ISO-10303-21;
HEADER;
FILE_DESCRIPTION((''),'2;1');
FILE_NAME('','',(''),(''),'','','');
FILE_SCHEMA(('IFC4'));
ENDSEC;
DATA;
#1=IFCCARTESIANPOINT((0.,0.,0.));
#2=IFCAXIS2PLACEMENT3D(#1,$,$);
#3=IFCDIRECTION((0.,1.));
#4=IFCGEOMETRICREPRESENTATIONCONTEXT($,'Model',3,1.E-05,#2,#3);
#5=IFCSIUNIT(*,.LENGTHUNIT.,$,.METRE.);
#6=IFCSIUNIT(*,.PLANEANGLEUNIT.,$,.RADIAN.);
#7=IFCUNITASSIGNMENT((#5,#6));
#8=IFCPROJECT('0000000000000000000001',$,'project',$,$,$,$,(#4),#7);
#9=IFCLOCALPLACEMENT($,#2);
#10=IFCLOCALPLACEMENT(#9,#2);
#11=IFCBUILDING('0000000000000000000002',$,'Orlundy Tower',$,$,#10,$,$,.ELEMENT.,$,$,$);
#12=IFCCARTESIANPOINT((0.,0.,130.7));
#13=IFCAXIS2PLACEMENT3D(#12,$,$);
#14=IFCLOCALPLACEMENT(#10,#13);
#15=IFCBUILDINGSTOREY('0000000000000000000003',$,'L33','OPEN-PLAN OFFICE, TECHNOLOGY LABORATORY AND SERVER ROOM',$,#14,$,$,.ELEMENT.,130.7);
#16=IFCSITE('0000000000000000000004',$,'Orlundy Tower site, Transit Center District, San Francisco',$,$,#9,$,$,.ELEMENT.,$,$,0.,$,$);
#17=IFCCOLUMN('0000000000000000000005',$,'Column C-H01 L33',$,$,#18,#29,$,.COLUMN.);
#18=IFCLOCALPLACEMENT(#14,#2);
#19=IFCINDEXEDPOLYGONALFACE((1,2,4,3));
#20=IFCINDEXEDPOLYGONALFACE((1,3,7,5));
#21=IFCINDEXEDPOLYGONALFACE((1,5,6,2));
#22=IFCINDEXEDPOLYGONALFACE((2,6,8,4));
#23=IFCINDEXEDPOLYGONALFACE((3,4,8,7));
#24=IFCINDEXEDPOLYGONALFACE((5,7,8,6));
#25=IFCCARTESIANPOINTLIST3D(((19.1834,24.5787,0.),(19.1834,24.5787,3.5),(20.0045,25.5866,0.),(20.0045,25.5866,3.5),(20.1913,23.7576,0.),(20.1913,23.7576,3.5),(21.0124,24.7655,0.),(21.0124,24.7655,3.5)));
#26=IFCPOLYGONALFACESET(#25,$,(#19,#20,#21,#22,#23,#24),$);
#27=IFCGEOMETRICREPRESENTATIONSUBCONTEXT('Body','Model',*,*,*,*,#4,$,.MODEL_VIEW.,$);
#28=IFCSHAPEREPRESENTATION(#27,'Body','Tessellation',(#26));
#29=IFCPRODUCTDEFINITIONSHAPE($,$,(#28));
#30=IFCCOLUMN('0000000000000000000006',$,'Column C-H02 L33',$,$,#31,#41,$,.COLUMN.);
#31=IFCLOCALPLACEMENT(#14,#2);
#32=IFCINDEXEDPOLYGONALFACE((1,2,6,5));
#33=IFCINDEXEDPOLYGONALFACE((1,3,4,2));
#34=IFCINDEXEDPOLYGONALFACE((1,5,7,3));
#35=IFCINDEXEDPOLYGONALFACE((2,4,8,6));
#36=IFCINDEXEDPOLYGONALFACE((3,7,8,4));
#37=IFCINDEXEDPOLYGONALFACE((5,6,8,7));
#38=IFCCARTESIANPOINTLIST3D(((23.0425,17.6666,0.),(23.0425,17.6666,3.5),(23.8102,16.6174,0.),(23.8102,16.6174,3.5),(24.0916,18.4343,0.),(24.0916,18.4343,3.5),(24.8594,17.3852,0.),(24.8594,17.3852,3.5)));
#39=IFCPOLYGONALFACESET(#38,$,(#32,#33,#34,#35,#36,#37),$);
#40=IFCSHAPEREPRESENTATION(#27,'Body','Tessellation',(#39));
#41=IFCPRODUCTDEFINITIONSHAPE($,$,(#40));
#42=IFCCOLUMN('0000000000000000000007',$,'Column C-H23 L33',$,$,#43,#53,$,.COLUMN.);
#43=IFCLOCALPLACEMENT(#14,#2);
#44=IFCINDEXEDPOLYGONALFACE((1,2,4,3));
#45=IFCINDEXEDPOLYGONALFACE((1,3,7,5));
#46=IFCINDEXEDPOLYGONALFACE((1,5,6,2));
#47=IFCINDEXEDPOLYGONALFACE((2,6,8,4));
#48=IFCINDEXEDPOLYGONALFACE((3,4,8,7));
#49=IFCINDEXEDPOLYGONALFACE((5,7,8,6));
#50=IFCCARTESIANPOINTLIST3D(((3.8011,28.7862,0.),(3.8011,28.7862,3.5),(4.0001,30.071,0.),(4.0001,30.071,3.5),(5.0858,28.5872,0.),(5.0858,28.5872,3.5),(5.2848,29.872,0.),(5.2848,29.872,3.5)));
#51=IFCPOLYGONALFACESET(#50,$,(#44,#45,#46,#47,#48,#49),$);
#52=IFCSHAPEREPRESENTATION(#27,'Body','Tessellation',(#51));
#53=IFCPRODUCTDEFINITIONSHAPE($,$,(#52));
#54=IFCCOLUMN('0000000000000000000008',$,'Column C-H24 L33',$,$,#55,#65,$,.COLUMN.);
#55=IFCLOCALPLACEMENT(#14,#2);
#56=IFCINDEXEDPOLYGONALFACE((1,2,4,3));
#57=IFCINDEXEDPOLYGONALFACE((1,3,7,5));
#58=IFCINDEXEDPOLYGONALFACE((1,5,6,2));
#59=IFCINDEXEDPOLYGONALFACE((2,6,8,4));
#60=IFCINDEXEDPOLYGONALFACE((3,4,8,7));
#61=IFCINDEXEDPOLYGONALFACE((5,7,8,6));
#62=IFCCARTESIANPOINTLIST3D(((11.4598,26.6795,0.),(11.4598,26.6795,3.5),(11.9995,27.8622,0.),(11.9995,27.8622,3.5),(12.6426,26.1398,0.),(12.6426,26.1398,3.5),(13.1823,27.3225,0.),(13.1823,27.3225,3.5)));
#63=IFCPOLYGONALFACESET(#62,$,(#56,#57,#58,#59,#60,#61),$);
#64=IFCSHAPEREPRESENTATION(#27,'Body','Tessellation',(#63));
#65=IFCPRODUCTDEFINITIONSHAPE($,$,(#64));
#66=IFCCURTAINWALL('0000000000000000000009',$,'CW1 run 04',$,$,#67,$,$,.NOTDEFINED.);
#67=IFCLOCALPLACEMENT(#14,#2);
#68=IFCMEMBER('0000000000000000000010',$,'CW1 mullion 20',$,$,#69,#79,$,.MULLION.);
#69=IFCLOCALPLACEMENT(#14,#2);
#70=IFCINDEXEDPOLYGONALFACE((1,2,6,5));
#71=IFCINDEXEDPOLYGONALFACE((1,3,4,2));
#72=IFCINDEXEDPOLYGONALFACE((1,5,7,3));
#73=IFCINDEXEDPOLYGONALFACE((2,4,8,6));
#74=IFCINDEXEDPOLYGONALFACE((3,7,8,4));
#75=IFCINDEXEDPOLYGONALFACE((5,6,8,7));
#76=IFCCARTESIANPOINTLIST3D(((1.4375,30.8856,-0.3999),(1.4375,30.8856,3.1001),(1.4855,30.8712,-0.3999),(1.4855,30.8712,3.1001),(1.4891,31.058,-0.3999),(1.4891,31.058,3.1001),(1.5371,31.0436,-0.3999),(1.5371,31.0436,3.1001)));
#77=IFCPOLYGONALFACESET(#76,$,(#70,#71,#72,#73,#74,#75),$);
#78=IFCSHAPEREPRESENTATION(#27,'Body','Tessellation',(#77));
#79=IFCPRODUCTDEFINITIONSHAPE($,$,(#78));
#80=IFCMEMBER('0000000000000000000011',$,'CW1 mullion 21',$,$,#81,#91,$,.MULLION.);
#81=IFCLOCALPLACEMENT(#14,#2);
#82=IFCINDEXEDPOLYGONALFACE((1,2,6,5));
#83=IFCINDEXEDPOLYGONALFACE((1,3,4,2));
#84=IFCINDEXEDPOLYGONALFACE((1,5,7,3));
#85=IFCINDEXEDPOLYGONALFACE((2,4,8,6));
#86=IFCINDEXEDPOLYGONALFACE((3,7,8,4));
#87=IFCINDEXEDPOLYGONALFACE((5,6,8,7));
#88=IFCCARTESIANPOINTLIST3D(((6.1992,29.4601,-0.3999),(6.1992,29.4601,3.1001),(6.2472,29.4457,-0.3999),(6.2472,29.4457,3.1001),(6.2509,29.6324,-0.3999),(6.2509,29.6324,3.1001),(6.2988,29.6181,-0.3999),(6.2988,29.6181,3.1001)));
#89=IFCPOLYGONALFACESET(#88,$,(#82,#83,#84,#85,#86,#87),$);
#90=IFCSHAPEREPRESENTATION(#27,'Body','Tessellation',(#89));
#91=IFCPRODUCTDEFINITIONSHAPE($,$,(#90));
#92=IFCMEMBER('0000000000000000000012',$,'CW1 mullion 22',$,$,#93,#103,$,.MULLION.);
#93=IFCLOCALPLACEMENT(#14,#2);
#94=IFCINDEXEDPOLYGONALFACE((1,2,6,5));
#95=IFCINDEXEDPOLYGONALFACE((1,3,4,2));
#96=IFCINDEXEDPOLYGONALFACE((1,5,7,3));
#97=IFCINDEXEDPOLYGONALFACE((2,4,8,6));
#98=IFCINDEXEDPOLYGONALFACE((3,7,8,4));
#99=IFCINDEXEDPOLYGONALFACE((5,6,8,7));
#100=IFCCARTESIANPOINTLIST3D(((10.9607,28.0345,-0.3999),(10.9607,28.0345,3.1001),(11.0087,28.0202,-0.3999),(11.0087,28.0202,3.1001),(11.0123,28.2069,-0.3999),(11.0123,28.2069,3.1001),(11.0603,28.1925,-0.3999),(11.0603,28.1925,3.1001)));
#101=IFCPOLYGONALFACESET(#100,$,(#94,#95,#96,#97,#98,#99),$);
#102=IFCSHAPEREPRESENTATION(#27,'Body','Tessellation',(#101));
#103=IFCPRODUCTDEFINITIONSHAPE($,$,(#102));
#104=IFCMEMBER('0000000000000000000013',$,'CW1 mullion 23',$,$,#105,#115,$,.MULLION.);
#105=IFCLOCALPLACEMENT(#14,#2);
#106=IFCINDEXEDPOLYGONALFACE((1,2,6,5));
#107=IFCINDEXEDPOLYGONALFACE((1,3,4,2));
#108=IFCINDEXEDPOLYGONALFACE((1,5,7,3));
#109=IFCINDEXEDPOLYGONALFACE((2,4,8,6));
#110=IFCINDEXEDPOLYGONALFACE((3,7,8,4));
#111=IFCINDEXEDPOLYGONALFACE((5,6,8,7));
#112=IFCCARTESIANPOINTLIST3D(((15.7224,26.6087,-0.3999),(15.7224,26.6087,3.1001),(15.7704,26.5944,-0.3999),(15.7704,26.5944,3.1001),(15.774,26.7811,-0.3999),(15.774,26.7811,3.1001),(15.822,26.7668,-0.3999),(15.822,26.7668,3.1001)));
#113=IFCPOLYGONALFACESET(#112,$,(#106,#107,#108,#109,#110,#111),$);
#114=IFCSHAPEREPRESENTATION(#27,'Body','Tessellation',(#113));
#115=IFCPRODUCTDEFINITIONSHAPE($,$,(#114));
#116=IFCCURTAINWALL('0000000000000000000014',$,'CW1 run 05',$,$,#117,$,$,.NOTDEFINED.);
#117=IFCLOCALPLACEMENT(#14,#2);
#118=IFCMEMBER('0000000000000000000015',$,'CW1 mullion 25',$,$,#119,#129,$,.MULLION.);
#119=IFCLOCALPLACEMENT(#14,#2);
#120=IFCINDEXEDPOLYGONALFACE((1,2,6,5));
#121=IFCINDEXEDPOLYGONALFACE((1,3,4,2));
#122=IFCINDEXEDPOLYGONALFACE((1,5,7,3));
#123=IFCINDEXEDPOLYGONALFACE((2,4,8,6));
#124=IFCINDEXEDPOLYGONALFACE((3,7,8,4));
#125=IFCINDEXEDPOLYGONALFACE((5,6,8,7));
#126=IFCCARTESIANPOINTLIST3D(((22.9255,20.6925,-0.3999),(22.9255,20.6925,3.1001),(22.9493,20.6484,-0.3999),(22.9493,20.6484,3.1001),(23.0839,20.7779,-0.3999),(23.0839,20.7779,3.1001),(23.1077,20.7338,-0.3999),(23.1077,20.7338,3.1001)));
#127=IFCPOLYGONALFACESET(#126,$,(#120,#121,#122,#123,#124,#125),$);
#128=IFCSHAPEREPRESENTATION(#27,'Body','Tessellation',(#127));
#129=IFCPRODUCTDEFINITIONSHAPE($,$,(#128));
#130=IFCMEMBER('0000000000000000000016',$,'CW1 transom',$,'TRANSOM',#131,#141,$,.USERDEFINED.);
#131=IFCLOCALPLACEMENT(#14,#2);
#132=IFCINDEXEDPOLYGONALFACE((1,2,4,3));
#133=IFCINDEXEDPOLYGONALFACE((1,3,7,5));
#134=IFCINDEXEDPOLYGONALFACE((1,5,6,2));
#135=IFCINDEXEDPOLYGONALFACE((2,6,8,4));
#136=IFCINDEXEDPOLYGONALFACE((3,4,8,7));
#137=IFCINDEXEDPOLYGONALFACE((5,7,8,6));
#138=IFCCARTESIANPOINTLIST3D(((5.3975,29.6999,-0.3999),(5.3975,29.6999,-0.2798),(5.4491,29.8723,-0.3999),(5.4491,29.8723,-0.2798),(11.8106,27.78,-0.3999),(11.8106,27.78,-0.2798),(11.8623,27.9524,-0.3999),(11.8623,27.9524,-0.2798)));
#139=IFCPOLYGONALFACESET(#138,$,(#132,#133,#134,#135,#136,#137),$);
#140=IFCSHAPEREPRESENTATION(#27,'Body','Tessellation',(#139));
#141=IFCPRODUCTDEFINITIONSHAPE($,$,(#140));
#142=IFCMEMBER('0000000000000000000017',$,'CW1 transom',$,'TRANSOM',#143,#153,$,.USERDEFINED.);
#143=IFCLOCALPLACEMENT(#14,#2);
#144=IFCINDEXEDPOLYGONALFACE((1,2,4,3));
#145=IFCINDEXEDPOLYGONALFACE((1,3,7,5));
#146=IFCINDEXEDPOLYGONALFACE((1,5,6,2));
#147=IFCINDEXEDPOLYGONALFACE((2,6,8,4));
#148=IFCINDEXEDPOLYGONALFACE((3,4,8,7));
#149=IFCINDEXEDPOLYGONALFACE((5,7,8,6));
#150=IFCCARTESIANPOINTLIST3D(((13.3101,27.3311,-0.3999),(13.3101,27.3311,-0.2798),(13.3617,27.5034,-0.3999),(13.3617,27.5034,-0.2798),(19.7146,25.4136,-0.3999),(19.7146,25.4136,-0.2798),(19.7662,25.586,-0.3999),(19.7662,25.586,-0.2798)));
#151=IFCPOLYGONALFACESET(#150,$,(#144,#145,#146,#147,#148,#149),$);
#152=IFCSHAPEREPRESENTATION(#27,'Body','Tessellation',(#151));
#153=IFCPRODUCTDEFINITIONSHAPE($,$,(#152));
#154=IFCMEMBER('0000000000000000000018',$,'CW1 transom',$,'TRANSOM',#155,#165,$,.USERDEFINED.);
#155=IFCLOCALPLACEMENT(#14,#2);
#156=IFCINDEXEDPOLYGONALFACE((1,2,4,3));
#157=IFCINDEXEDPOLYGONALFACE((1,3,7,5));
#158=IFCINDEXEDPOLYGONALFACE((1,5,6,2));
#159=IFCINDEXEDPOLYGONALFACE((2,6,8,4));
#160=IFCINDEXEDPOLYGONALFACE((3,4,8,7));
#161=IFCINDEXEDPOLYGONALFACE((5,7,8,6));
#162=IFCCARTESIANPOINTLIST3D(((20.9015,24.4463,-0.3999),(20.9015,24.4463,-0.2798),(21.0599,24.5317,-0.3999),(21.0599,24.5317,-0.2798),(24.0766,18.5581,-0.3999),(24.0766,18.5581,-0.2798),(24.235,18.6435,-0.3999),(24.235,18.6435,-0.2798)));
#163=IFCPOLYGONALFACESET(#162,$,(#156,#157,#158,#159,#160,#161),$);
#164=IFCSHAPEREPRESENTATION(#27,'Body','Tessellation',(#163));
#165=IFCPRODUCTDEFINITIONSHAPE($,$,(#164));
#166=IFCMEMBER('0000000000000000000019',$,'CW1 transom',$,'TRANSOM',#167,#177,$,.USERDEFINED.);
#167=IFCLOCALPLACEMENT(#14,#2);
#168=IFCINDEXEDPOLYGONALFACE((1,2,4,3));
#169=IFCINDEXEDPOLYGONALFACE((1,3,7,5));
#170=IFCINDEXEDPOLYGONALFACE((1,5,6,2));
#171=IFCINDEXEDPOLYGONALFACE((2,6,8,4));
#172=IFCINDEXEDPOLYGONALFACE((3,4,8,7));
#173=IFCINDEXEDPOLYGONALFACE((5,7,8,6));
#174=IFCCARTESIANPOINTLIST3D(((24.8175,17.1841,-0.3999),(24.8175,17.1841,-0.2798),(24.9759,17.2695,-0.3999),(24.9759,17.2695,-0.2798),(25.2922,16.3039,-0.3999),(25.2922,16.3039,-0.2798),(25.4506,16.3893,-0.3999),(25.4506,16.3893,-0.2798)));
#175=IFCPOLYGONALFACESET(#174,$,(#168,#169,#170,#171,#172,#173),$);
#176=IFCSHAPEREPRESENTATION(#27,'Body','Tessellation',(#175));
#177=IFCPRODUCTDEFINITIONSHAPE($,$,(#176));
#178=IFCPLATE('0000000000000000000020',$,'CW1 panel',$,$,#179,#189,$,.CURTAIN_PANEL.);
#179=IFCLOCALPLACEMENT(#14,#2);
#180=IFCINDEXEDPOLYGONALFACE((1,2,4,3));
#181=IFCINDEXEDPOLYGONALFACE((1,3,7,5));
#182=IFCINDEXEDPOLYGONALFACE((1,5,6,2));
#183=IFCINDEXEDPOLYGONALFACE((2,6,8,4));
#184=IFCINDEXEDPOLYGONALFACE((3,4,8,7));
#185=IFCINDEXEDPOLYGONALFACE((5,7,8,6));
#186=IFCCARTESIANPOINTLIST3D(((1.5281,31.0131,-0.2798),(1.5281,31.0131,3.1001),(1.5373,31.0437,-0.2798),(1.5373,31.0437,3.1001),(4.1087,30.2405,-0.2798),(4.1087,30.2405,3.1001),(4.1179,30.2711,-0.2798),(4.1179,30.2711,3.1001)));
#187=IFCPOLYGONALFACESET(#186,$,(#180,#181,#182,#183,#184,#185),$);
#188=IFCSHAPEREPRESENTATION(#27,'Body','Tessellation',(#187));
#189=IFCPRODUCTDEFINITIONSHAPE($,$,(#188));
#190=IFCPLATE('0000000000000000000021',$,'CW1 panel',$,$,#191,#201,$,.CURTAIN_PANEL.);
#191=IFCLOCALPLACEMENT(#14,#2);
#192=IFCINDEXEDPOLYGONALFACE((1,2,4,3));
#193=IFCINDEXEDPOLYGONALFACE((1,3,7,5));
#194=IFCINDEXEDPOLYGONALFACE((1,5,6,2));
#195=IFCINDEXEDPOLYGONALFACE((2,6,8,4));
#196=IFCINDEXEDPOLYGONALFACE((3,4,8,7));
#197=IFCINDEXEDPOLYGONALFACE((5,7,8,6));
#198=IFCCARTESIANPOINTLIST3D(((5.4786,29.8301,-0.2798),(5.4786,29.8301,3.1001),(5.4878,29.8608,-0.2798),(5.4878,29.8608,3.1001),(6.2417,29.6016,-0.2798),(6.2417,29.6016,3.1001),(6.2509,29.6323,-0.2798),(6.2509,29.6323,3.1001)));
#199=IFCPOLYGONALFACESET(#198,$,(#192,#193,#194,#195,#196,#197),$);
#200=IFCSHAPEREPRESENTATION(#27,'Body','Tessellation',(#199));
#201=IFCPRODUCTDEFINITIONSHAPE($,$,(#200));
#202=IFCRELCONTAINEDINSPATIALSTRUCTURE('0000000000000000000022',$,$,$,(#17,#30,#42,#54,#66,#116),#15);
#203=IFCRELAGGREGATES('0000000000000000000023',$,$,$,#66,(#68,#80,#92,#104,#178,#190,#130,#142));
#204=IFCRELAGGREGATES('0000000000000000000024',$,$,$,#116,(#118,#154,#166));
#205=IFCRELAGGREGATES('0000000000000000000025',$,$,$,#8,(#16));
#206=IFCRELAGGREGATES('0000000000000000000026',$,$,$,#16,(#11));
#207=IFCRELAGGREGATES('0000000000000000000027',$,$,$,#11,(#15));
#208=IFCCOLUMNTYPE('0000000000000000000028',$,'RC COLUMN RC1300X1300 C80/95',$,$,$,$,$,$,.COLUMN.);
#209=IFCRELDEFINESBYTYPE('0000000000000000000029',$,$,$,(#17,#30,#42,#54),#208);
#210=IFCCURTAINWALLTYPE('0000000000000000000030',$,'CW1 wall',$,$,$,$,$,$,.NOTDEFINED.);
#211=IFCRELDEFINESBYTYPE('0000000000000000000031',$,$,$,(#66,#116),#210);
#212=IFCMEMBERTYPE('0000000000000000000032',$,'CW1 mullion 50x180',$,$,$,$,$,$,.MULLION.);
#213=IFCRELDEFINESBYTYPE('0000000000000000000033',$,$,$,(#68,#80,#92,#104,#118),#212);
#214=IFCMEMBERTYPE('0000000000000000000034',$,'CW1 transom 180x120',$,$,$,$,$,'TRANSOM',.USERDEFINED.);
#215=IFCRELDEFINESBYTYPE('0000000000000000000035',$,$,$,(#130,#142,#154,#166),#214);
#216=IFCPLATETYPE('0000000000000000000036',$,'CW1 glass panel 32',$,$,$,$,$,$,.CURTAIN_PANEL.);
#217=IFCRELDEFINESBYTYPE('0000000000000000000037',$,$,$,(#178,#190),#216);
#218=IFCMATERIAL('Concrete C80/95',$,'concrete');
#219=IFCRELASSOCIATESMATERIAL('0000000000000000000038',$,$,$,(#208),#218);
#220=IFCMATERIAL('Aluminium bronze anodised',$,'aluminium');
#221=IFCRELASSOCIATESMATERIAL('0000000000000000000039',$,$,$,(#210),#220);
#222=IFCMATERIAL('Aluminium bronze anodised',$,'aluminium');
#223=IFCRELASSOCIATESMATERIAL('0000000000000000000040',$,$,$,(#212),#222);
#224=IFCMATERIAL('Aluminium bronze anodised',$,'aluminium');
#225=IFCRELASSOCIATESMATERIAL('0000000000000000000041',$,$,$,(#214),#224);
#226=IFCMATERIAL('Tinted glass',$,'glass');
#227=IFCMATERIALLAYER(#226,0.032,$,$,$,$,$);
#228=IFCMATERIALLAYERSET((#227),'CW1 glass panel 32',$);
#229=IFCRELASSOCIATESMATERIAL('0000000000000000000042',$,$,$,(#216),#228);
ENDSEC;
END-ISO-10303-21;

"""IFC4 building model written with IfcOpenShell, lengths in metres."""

from ifc_helpers import new_model, si_unit, direction, frame, origin, origin_2d, place, context, subcontext, project, spatial, rectangle, extrude, material, layer, layer_set, material_profile, profile_set, type_object, element, aggregate, save


model = new_model("IFC4")

# Units and contexts
model_context = context("Model", 3, precision=1e-05, world=origin(), true_north=direction((0.0, 1.0)))
body_context = subcontext(model_context, "Body", "Model", "MODEL_VIEW")
ifc_project = project(units=[si_unit("LENGTHUNIT", "METRE"), si_unit("PLANEANGLEUNIT", "RADIAN")], contexts=[model_context])

# Site, building, storey
site_placement = place(None, origin())
site = spatial("IfcSite", under=ifc_project, at=site_placement, Name="Orlundy Tower site, Transit Center District, San Francisco", CompositionType="ELEMENT", RefElevation=0.0)
building_placement = place(site_placement, origin())
building = spatial("IfcBuilding", under=site, at=building_placement, Name="Orlundy Tower", CompositionType="ELEMENT")
storey_placement = place(building_placement, frame((0.0, 0.0, 130.7)))
storey = spatial("IfcBuildingStorey", under=building, at=storey_placement, Name="L33", Description="OPEN-PLAN OFFICE, TECHNOLOGY LABORATORY AND SERVER ROOM", CompositionType="ELEMENT", Elevation=130.7)

# Columns
ifc_material_1 = material(Name="Concrete C80/95", Category="concrete")
ifc_material_profile_1 = material_profile(ifc_material_1, rectangle(XDim=1.3, YDim=1.3, at=origin_2d()), Name="RC1300X1300")
ifc_profile_set_1 = profile_set([ifc_material_profile_1], Name="Concrete C80/95")
column_type = type_object("IfcColumnType", Name="RC COLUMN RC1300X1300 C80/95", PredefinedType="COLUMN", material=ifc_profile_set_1)
for number, where, z_axis, x_axis, name in (
    (1, (20.0979, 24.6721, 0.0), (0.0, 0.0, 1.0), (0.631583, 0.775308, 0.0), "Column C-H01 L33"),
    (2, (23.9509, 17.5259, 0.0), (0.0, 0.0, 1.0), (0.807012, 0.590535, 0.0), "Column C-H02 L33"),
    (3, (4.543, 29.3291, 0.0), (0.0, 0.0, 1.0), (0.153072, 0.988215, 0.0), "Column C-H23 L33"),
    (4, (12.321, 27.001, 0.0), (0.0, 0.0, 1.0), (0.415138, 0.909759, 0.0), "Column C-H24 L33"),
):
    element("IfcColumn", number, at=place(storey_placement, frame(where, z_axis=z_axis, x_axis=x_axis)), inside=storey, type_object=column_type, Name=name, PredefinedType="COLUMN", context=body_context, shape_type="SweptSolid", body=[
        extrude(rectangle(XDim=1.3, YDim=1.3, at=origin_2d()), origin(), (0.0, 0.0, 1.0), 3.5),
    ])

# Curtain wall, members
ifc_material_2 = material(Name="Aluminium bronze anodised", Category="aluminium")
curtain_wall_type = type_object("IfcCurtainWallType", Name="CW1 wall", PredefinedType="NOTDEFINED", material=ifc_material_2)
curtain_wall_1_placement = place(storey_placement, origin())
curtain_wall_1 = element("IfcCurtainWall", 5, at=curtain_wall_1_placement, inside=storey, type_object=curtain_wall_type, Name="CW1 run 04", PredefinedType="NOTDEFINED")
ifc_material_3 = material(Name="Aluminium bronze anodised", Category="aluminium")
ifc_material_profile_2 = material_profile(ifc_material_3, rectangle(XDim=0.1799, YDim=0.05, at=origin_2d()), Name="CW1 mullion 50x180")
ifc_profile_set_2 = profile_set([ifc_material_profile_2], Name="Aluminium bronze anodised")
member_type_1 = type_object("IfcMemberType", Name="CW1 mullion 50x180", PredefinedType="MULLION", material=ifc_profile_set_2)
member_1_placement = place(storey_placement, frame((1.4873, 30.9646, -0.3999), z_axis=(0.0, 0.0, 1.0), x_axis=(0.286816, 0.957986, 0.0)))
member_1 = element("IfcMember", 6, at=member_1_placement, type_object=member_type_1, Name="CW1 mullion 20", PredefinedType="MULLION", context=body_context, shape_type="SweptSolid", body=[
    extrude(rectangle(XDim=0.1799, YDim=0.05, at=origin_2d()), origin(), (0.0, 0.0, 1.0), 3.5),
])
member_2_placement = place(storey_placement, frame((6.249, 29.5391, -0.3999), z_axis=(0.0, 0.0, 1.0), x_axis=(0.286816, 0.957986, 0.0)))
member_2 = element("IfcMember", 7, at=member_2_placement, type_object=member_type_1, Name="CW1 mullion 21", PredefinedType="MULLION", context=body_context, shape_type="SweptSolid", body=[
    extrude(rectangle(XDim=0.1799, YDim=0.05, at=origin_2d()), origin(), (0.0, 0.0, 1.0), 3.5),
])
member_3_placement = place(storey_placement, frame((11.0105, 28.1135, -0.3999), z_axis=(0.0, 0.0, 1.0), x_axis=(0.286816, 0.957986, 0.0)))
member_3 = element("IfcMember", 8, at=member_3_placement, type_object=member_type_1, Name="CW1 mullion 22", PredefinedType="MULLION", context=body_context, shape_type="SweptSolid", body=[
    extrude(rectangle(XDim=0.1799, YDim=0.05, at=origin_2d()), origin(), (0.0, 0.0, 1.0), 3.5),
])
member_4_placement = place(storey_placement, frame((15.7722, 26.6877, -0.3999), z_axis=(0.0, 0.0, 1.0), x_axis=(0.286816, 0.957986, 0.0)))
member_4 = element("IfcMember", 9, at=member_4_placement, type_object=member_type_1, Name="CW1 mullion 23", PredefinedType="MULLION", context=body_context, shape_type="SweptSolid", body=[
    extrude(rectangle(XDim=0.1799, YDim=0.05, at=origin_2d()), origin(), (0.0, 0.0, 1.0), 3.5),
])

# Curtain wall, member
curtain_wall_2_placement = place(storey_placement, origin())
curtain_wall_2 = element("IfcCurtainWall", 10, at=curtain_wall_2_placement, inside=storey, type_object=curtain_wall_type, Name="CW1 run 05", PredefinedType="NOTDEFINED")
member_5_placement = place(storey_placement, frame((23.0166, 20.7131, -0.3999), z_axis=(0.0, 0.0, 1.0), x_axis=(0.880189, 0.474624, 0.0)))
member_5 = element("IfcMember", 11, at=member_5_placement, type_object=member_type_1, Name="CW1 mullion 25", PredefinedType="MULLION", context=body_context, shape_type="SweptSolid", body=[
    extrude(rectangle(XDim=0.1799, YDim=0.05, at=origin_2d()), origin(), (0.0, 0.0, 1.0), 3.5),
])

# Members
ifc_material_4 = material(Name="Aluminium bronze anodised", Category="aluminium")
ifc_material_profile_3 = material_profile(ifc_material_4, rectangle(XDim=0.1799, YDim=0.1201, at=origin_2d()), Name="CW1 transom 180x120")
ifc_profile_set_3 = profile_set([ifc_material_profile_3], Name="Aluminium bronze anodised")
member_type_2 = type_object("IfcMemberType", Name="CW1 transom 180x120", ElementType="TRANSOM", PredefinedType="USERDEFINED", material=ifc_profile_set_3)
member_6_placement = place(storey_placement, frame((5.4233, 29.7861, -0.3398), z_axis=(0.957991, -0.286799, 0.0), x_axis=(0.286799, 0.957991, 0.0)))
member_6 = element("IfcMember", 12, at=member_6_placement, type_object=member_type_2, Name="CW1 transom", ObjectType="TRANSOM", PredefinedType="USERDEFINED", context=body_context, shape_type="SweptSolid", body=[
    extrude(rectangle(XDim=0.1799, YDim=0.1201, at=origin_2d()), origin(), (0.0, 0.0, 1.0), 6.6943),
])
member_7_placement = place(storey_placement, frame((13.3359, 27.4172, -0.3398), z_axis=(0.957986, -0.286815, 0.0), x_axis=(0.286815, 0.957986, 0.0)))
member_7 = element("IfcMember", 13, at=member_7_placement, type_object=member_type_2, Name="CW1 transom", ObjectType="TRANSOM", PredefinedType="USERDEFINED", context=body_context, shape_type="SweptSolid", body=[
    extrude(rectangle(XDim=0.1799, YDim=0.1201, at=origin_2d()), origin(), (0.0, 0.0, 1.0), 6.6853),
])
member_8_placement = place(storey_placement, frame((20.9807, 24.489, -0.3398), z_axis=(0.47462, -0.880191, 0.0), x_axis=(0.880191, 0.47462, 0.0)))
member_8 = element("IfcMember", 14, at=member_8_placement, type_object=member_type_2, Name="CW1 transom", ObjectType="TRANSOM", PredefinedType="USERDEFINED", context=body_context, shape_type="SweptSolid", body=[
    extrude(rectangle(XDim=0.1799, YDim=0.1201, at=origin_2d()), origin(), (0.0, 0.0, 1.0), 6.6897),
])
member_9_placement = place(storey_placement, frame((24.8967, 17.2268, -0.3398), z_axis=(0.474638, -0.880181, 0.0), x_axis=(0.880181, 0.474638, 0.0)))
member_9 = element("IfcMember", 15, at=member_9_placement, type_object=member_type_2, Name="CW1 transom", ObjectType="TRANSOM", PredefinedType="USERDEFINED", context=body_context, shape_type="SweptSolid", body=[
    extrude(rectangle(XDim=0.1799, YDim=0.1201, at=origin_2d()), origin(), (0.0, 0.0, 1.0), 1.0),
])

# Plates
ifc_material_5 = material(Name="Tinted glass", Category="glass")
ifc_layer_1 = layer(ifc_material_5, 0.032)
ifc_layer_set_1 = layer_set([ifc_layer_1], Name="CW1 glass panel 32")
plate_type = type_object("IfcPlateType", Name="CW1 glass panel 32", PredefinedType="CURTAIN_PANEL", material=ifc_layer_set_1)
plate_1_placement = place(storey_placement, frame((2.823, 30.6421, -0.2798), z_axis=(0.0, 0.0, 1.0), x_axis=(0.957986, -0.286816, 0.0)))
plate_1 = element("IfcPlate", 16, at=plate_1_placement, type_object=plate_type, Name="CW1 panel", PredefinedType="CURTAIN_PANEL", context=body_context, shape_type="SweptSolid", body=[
    extrude(rectangle(XDim=2.6938, YDim=0.032, at=origin_2d()), origin(), (0.0, 0.0, 1.0), 3.3799),
])
plate_2_placement = place(storey_placement, frame((5.8647, 29.7312, -0.2798), z_axis=(0.0, 0.0, 1.0), x_axis=(0.957986, -0.286816, 0.0)))
plate_2 = element("IfcPlate", 17, at=plate_2_placement, type_object=plate_type, Name="CW1 panel", PredefinedType="CURTAIN_PANEL", context=body_context, shape_type="SweptSolid", body=[
    extrude(rectangle(XDim=0.7966, YDim=0.032, at=origin_2d()), origin(), (0.0, 0.0, 1.0), 3.3799),
])
aggregate(curtain_wall_1, [member_1, member_2, member_3, member_4, plate_1, plate_2, member_6, member_7])
aggregate(curtain_wall_2, [member_5, member_8, member_9])

save(model, "model.ifc")
